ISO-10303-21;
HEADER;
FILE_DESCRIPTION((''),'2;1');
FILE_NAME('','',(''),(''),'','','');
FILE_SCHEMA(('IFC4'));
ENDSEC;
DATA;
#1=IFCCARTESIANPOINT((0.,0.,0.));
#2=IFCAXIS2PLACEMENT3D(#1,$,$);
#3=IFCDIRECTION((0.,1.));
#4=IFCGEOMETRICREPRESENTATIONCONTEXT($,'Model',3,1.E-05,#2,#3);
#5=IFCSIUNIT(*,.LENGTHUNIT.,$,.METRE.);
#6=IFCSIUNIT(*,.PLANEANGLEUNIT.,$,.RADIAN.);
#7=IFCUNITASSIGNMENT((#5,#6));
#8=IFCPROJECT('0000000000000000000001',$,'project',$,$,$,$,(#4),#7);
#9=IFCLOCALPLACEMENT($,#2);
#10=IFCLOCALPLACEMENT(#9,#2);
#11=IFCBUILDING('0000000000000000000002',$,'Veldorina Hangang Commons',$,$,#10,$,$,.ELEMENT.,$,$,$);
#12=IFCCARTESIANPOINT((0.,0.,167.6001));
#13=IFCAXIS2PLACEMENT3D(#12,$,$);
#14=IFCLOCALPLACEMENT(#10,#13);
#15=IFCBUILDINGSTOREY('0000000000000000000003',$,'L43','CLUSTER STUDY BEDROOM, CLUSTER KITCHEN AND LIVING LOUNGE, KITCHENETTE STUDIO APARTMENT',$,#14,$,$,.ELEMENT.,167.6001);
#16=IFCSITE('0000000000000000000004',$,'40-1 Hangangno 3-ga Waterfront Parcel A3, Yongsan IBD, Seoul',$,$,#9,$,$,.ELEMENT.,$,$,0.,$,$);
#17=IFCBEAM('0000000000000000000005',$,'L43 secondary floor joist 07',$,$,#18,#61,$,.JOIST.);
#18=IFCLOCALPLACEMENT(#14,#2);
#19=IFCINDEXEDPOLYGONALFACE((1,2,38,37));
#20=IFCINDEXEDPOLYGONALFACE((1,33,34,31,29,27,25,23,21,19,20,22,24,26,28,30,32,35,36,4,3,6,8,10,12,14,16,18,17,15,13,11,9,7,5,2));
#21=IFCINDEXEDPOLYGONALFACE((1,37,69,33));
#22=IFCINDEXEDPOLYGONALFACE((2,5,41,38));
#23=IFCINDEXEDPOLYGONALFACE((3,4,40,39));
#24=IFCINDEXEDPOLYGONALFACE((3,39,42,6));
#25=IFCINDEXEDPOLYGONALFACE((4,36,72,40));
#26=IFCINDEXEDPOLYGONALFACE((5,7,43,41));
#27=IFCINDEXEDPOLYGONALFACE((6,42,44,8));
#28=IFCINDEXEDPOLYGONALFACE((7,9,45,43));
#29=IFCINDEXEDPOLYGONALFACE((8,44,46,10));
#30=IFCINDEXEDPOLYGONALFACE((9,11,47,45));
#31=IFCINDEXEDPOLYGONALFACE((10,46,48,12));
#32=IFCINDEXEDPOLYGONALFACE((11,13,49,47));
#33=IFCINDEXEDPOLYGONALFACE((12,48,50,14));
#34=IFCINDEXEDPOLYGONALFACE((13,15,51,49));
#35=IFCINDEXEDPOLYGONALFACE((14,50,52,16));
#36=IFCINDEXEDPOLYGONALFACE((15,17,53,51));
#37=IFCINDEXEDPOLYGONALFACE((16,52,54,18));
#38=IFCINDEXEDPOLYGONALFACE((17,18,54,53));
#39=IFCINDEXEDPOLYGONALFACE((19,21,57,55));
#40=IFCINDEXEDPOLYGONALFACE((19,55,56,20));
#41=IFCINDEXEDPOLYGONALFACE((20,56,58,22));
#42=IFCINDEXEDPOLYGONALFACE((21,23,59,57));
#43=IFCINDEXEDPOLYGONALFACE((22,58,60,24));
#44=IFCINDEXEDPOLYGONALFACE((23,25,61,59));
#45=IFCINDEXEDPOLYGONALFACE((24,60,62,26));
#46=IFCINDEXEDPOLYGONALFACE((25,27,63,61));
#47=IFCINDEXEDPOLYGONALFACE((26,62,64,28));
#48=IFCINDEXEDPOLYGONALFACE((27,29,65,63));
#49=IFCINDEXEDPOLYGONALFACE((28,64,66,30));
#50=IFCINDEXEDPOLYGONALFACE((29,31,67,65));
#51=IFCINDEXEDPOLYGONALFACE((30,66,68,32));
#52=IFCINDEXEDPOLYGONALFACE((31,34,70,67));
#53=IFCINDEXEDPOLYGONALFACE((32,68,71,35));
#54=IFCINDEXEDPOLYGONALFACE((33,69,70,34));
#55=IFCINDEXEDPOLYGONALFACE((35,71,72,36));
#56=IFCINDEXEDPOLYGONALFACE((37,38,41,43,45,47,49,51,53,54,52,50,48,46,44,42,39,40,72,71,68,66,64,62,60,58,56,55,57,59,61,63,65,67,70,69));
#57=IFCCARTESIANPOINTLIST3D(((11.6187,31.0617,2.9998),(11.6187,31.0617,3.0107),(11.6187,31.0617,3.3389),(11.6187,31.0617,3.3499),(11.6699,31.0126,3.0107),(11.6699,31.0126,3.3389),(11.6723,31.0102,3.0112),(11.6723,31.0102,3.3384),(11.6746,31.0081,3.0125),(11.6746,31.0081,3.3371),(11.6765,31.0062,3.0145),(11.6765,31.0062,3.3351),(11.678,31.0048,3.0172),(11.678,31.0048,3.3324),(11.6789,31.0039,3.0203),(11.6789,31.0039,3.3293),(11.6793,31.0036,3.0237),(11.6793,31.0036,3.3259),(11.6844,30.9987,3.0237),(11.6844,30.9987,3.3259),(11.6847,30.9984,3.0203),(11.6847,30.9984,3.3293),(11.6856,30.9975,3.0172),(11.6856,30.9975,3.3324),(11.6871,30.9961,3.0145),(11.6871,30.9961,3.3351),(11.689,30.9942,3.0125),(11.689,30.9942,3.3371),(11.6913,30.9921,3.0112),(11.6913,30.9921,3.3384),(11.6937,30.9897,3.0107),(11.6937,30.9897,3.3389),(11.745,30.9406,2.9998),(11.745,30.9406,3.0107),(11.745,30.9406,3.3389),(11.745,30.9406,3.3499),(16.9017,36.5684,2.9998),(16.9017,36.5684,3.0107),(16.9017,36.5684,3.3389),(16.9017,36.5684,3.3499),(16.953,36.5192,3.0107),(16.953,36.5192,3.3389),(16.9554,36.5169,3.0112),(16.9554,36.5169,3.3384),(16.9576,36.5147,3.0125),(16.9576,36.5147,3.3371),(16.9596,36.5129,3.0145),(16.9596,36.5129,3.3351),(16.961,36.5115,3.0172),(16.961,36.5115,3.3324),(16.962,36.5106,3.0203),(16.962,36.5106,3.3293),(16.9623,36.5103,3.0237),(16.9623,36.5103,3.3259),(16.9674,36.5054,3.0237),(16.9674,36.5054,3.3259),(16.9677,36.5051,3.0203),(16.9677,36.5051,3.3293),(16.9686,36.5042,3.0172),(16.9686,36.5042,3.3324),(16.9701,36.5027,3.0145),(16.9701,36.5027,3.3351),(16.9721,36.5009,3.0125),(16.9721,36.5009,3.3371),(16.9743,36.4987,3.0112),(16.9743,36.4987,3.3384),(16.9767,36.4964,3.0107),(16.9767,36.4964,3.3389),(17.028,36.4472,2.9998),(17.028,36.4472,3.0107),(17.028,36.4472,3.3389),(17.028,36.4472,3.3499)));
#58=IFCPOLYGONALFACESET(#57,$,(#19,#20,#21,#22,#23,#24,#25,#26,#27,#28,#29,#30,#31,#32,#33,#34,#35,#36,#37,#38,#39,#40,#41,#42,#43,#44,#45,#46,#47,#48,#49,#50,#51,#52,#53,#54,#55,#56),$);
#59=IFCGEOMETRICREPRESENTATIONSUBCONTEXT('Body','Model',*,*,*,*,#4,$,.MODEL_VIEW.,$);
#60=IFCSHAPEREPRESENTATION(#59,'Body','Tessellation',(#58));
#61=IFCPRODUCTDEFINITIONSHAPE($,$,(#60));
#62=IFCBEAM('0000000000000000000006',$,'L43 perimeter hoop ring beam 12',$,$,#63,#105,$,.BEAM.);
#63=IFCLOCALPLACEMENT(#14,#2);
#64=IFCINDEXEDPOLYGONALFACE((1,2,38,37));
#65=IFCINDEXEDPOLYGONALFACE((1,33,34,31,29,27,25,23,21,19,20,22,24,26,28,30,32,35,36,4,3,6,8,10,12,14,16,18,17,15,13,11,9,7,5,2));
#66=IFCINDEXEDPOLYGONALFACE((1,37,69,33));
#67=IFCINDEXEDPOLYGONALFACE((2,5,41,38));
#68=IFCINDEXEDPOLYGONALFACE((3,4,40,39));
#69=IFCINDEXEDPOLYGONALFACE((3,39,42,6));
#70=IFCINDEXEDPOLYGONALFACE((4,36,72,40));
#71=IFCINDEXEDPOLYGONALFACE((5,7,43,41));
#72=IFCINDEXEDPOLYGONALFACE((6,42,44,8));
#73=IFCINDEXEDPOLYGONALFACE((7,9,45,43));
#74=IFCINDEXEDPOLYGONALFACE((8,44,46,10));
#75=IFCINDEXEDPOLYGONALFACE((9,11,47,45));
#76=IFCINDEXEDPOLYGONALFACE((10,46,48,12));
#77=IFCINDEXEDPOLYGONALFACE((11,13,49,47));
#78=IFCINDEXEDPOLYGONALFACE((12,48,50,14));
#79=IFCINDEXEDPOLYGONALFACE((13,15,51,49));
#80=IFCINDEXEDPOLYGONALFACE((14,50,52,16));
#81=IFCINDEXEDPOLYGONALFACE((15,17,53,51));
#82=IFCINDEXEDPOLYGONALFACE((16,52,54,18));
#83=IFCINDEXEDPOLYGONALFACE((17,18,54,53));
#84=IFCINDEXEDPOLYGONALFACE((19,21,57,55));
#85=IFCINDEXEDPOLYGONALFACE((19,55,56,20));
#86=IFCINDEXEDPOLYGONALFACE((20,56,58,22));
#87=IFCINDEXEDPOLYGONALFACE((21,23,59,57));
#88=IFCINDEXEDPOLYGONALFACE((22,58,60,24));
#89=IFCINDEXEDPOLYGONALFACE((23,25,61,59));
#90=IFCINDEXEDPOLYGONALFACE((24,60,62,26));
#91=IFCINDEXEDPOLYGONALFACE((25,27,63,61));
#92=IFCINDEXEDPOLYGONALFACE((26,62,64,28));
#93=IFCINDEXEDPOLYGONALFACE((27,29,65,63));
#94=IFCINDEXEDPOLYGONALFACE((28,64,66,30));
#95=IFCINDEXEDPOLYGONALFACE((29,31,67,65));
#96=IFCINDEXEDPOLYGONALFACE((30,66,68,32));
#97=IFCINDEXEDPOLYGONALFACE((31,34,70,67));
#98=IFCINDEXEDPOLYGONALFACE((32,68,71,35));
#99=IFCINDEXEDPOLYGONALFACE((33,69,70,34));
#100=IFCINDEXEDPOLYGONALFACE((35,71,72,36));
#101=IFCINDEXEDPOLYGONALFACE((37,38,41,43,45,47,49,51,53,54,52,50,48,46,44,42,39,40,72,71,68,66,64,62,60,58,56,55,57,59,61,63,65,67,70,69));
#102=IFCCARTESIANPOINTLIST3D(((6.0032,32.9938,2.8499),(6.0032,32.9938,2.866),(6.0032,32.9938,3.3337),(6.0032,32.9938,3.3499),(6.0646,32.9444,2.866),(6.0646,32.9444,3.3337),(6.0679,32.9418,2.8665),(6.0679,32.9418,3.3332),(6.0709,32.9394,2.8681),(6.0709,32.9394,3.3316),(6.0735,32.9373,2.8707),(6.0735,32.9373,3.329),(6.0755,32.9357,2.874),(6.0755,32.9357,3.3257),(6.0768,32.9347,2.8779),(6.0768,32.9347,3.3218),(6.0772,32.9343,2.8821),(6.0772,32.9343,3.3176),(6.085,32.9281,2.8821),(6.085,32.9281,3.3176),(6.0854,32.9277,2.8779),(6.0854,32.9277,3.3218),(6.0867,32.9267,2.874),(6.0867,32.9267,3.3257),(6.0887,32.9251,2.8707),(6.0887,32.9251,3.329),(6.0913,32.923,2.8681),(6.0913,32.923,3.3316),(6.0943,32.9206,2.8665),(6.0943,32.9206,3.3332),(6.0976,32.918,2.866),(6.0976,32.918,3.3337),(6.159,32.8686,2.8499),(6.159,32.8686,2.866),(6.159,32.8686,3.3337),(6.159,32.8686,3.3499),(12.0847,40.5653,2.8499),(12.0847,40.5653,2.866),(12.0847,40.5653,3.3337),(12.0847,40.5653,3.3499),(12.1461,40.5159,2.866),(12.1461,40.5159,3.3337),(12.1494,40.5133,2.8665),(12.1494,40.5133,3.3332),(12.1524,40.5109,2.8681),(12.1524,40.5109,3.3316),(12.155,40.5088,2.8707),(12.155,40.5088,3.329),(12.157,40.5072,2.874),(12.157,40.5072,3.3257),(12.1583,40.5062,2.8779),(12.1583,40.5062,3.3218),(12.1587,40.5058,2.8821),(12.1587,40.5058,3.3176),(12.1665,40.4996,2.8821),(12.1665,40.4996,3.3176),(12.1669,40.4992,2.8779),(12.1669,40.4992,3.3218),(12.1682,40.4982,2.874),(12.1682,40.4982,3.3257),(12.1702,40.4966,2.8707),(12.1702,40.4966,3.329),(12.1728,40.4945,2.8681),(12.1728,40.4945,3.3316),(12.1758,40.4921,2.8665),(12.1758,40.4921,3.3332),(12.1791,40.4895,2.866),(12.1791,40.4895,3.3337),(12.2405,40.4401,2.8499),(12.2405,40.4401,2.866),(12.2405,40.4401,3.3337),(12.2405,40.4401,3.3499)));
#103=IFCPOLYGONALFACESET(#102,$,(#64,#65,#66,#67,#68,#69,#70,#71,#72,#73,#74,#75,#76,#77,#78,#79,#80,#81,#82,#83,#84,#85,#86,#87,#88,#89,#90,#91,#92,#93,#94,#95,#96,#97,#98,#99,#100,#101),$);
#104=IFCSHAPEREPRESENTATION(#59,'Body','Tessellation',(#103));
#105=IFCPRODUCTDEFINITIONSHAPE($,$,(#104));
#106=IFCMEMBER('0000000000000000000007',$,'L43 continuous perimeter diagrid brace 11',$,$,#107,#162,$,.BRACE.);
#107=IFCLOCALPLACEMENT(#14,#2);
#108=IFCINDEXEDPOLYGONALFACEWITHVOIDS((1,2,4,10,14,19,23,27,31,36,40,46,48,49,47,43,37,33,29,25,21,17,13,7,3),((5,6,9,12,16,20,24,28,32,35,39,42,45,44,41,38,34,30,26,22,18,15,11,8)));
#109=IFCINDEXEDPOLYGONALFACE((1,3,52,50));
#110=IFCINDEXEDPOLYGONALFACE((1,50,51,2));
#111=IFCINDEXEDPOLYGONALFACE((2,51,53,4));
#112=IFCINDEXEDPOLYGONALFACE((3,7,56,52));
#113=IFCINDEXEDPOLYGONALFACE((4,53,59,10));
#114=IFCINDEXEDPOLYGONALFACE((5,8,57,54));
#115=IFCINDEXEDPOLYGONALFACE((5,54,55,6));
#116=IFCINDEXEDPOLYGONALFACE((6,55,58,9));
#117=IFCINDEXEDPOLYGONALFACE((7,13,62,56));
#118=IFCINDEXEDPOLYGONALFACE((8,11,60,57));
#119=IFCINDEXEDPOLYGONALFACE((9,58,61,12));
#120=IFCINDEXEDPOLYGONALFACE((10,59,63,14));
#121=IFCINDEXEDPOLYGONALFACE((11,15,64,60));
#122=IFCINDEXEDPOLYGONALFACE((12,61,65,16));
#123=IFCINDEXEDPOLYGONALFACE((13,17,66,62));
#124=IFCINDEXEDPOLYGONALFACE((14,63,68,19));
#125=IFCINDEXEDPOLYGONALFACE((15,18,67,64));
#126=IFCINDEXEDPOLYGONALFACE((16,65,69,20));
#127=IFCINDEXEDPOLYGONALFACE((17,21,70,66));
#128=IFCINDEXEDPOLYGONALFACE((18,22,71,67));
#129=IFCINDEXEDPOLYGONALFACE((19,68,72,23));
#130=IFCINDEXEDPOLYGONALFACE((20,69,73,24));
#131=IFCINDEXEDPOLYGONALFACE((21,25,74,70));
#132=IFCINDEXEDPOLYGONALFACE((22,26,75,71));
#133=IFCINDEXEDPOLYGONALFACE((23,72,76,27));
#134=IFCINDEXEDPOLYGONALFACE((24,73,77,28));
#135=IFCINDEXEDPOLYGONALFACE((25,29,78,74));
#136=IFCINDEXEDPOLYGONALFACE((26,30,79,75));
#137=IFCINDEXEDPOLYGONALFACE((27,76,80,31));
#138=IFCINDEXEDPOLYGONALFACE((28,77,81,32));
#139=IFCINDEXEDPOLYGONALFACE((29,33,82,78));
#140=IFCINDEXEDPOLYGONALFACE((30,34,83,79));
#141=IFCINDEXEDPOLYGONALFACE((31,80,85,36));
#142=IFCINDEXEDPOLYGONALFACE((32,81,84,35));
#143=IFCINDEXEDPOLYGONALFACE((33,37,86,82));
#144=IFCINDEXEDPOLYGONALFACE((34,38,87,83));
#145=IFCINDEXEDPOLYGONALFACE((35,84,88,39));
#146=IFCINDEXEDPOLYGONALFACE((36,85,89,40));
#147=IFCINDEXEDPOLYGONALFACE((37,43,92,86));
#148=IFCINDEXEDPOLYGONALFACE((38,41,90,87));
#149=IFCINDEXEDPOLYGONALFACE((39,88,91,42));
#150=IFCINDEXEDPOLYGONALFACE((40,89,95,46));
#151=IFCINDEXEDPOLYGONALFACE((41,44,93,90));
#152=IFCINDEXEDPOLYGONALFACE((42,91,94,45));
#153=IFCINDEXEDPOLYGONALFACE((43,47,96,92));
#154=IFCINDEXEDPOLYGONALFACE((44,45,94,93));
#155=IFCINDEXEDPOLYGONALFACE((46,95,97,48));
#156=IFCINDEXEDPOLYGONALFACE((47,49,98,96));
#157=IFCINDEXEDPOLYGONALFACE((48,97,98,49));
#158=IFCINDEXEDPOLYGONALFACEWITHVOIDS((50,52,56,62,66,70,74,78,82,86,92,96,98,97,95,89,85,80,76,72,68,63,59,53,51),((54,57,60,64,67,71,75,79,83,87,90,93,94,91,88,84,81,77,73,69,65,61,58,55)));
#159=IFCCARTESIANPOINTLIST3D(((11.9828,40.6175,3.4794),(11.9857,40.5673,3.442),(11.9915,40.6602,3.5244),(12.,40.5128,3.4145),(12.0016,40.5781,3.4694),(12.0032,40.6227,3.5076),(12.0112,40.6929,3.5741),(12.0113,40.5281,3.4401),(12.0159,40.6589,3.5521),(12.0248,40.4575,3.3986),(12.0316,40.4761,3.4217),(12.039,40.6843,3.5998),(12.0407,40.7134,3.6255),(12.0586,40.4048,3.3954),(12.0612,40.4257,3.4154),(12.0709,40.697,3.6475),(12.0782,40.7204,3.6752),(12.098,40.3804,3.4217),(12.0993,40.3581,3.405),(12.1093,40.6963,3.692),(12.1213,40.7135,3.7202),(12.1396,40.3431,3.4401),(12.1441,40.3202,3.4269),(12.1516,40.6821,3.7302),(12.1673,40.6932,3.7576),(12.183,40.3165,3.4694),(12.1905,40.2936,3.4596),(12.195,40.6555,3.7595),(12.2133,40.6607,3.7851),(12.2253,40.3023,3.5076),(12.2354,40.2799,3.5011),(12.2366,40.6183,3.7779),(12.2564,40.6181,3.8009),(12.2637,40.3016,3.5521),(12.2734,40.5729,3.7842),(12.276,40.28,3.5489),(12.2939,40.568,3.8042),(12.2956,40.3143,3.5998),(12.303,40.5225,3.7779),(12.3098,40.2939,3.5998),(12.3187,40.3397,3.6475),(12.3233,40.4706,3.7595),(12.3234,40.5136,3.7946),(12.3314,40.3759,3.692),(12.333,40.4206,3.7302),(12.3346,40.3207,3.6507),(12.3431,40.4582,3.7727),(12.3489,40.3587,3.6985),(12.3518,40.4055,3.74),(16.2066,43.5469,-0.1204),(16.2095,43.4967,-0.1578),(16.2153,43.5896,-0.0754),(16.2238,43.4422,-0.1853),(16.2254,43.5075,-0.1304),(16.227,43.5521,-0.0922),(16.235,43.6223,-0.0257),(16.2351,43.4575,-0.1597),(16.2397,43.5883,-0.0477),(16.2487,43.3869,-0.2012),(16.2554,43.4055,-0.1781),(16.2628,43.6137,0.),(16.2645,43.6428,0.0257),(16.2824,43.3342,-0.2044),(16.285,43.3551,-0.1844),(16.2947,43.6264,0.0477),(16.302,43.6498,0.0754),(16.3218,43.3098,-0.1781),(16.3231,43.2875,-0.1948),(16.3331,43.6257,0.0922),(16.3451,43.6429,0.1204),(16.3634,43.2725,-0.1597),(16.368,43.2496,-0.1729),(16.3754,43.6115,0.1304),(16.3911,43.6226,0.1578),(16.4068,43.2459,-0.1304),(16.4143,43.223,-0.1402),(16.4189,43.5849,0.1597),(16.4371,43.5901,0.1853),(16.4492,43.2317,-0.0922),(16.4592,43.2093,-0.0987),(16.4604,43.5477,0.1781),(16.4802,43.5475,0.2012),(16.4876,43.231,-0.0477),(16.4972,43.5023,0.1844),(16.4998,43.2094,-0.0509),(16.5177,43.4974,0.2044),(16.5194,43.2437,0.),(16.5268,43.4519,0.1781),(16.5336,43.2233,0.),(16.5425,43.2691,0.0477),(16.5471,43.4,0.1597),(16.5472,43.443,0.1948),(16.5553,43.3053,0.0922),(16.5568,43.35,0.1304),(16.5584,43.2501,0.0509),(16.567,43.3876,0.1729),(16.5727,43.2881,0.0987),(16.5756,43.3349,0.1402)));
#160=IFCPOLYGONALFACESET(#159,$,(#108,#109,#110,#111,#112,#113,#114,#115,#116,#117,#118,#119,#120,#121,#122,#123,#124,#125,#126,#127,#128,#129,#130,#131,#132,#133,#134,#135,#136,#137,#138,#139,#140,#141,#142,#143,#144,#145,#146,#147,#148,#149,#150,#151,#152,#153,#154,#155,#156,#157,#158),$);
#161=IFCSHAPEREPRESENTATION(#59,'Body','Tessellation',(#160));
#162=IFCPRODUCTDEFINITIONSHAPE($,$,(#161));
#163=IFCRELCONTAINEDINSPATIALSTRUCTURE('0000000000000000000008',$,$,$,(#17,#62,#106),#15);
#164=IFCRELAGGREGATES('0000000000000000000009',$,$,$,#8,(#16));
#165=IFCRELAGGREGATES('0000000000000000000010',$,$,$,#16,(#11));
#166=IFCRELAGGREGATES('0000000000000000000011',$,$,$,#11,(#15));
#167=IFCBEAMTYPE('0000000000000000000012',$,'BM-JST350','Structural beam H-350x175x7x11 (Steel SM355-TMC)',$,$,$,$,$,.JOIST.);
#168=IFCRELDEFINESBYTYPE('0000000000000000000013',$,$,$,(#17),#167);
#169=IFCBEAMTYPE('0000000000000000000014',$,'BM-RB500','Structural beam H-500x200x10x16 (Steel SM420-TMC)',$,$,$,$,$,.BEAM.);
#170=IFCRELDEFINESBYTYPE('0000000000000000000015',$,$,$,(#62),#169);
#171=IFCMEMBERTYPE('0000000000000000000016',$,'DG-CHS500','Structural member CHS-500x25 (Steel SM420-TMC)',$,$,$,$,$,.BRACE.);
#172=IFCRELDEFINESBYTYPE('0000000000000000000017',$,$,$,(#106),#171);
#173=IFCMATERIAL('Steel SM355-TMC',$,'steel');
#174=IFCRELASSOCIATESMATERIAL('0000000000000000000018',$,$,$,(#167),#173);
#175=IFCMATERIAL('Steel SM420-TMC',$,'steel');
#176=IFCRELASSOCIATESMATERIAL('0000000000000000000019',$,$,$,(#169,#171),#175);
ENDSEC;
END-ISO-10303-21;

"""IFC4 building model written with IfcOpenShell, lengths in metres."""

from ifc_helpers import new_model, si_unit, direction, frame, origin, origin_2d, place, context, subcontext, project, spatial, hollow_circle, i_section, extrude, material, material_profile, profile_set, type_object, element, save


model = new_model("IFC4")

# Units and contexts
model_context = context("Model", 3, precision=1e-05, world=origin(), true_north=direction((0.0, 1.0)))
body_context = subcontext(model_context, "Body", "Model", "MODEL_VIEW")
ifc_project = project(units=[si_unit("LENGTHUNIT", "METRE"), si_unit("PLANEANGLEUNIT", "RADIAN")], contexts=[model_context])

# Site, building, storey
site_placement = place(None, origin())
site = spatial("IfcSite", under=ifc_project, at=site_placement, Name="40-1 Hangangno 3-ga Waterfront Parcel A3, Yongsan IBD, Seoul", CompositionType="ELEMENT", RefElevation=0.0)
building_placement = place(site_placement, origin())
building = spatial("IfcBuilding", under=site, at=building_placement, Name="Veldorina Hangang Commons", CompositionType="ELEMENT")
storey_placement = place(building_placement, frame((0.0, 0.0, 167.6001)))
storey = spatial("IfcBuildingStorey", under=building, at=storey_placement, Name="L43", Description="CLUSTER STUDY BEDROOM, CLUSTER KITCHEN AND LIVING LOUNGE, KITCHENETTE STUDIO APARTMENT", CompositionType="ELEMENT", Elevation=167.6001)

# Beams
ifc_material_1 = material(Name="Steel SM355-TMC", Category="steel")
ifc_material_profile_1 = material_profile(ifc_material_1, i_section(OverallWidth=0.175, OverallDepth=0.3501, WebThickness=0.0071, FlangeThickness=0.011, FilletRadius=0.0129, at=origin_2d()), Name="H-350x175x7x11")
ifc_profile_set_1 = profile_set([ifc_material_profile_1], Name="Steel SM355-TMC")
beam_type_1 = type_object("IfcBeamType", Name="BM-JST350", Description="Structural beam H-350x175x7x11 (Steel SM355-TMC)", PredefinedType="JOIST", material=ifc_profile_set_1)
beam_1_placement = place(storey_placement, frame((16.9648, 36.5078, 3.1748), z_axis=(-0.692302, -0.721608, 0.0), x_axis=(0.721608, -0.692302, 0.0)))
element("IfcBeam", 1, at=beam_1_placement, inside=storey, type_object=beam_type_1, Name="L43 secondary floor joist 07", PredefinedType="JOIST", context=body_context, shape_type="SweptSolid", body=[
    extrude(i_section(OverallWidth=0.175, OverallDepth=0.3501, WebThickness=0.0071, FlangeThickness=0.011, FilletRadius=0.0129, at=origin_2d()), origin(), (0.0, 0.0, 1.0), 7.6311),
])
ifc_material_2 = material(Name="Steel SM420-TMC", Category="steel")
ifc_material_profile_2 = material_profile(ifc_material_2, i_section(OverallWidth=0.2, OverallDepth=0.5, WebThickness=0.01, FlangeThickness=0.0161, FilletRadius=0.0161, at=origin_2d()), Name="H-500x200x10x16")
ifc_profile_set_2 = profile_set([ifc_material_profile_2], Name="Steel SM420-TMC")
beam_type_2 = type_object("IfcBeamType", Name="BM-RB500", Description="Structural beam H-500x200x10x16 (Steel SM420-TMC)", PredefinedType="BEAM", material=ifc_profile_set_2)
beam_2_placement = place(storey_placement, frame((12.1626, 40.5027, 3.0999), z_axis=(-0.626221, -0.779646, 0.0), x_axis=(0.779646, -0.626221, 0.0)))
element("IfcBeam", 2, at=beam_2_placement, inside=storey, type_object=beam_type_2, Name="L43 perimeter hoop ring beam 12", PredefinedType="BEAM", context=body_context, shape_type="SweptSolid", body=[
    extrude(i_section(OverallWidth=0.2, OverallDepth=0.5, WebThickness=0.01, FlangeThickness=0.0161, FilletRadius=0.0161, at=origin_2d()), origin(), (0.0, 0.0, 1.0), 9.7114),
])

# Member
ifc_material_profile_3 = material_profile(ifc_material_2, hollow_circle(Radius=0.25, WallThickness=0.0249, at=origin_2d()), Name="CHS-500x25")
ifc_profile_set_3 = profile_set([ifc_material_profile_3], Name="Steel SM420-TMC")
member_type = type_object("IfcMemberType", Name="DG-CHS500", Description="Structural member CHS-500x25 (Steel SM420-TMC)", PredefinedType="BRACE", material=ifc_profile_set_3)
member_1_placement = place(storey_placement, frame((16.3911, 43.4287, 0.0), z_axis=(-0.673076, -0.466807, 0.573637), x_axis=(0.569896, -0.821717, 0.0)))
element("IfcMember", 3, at=member_1_placement, inside=storey, type_object=member_type, Name="L43 continuous perimeter diagrid brace 11", PredefinedType="BRACE", context=body_context, shape_type="SweptSolid", body=[
    extrude(hollow_circle(Radius=0.25, WallThickness=0.0249, at=origin_2d()), origin(), (0.0, 0.0, 1.0), 6.2754),
])

save(model, "model.ifc")
